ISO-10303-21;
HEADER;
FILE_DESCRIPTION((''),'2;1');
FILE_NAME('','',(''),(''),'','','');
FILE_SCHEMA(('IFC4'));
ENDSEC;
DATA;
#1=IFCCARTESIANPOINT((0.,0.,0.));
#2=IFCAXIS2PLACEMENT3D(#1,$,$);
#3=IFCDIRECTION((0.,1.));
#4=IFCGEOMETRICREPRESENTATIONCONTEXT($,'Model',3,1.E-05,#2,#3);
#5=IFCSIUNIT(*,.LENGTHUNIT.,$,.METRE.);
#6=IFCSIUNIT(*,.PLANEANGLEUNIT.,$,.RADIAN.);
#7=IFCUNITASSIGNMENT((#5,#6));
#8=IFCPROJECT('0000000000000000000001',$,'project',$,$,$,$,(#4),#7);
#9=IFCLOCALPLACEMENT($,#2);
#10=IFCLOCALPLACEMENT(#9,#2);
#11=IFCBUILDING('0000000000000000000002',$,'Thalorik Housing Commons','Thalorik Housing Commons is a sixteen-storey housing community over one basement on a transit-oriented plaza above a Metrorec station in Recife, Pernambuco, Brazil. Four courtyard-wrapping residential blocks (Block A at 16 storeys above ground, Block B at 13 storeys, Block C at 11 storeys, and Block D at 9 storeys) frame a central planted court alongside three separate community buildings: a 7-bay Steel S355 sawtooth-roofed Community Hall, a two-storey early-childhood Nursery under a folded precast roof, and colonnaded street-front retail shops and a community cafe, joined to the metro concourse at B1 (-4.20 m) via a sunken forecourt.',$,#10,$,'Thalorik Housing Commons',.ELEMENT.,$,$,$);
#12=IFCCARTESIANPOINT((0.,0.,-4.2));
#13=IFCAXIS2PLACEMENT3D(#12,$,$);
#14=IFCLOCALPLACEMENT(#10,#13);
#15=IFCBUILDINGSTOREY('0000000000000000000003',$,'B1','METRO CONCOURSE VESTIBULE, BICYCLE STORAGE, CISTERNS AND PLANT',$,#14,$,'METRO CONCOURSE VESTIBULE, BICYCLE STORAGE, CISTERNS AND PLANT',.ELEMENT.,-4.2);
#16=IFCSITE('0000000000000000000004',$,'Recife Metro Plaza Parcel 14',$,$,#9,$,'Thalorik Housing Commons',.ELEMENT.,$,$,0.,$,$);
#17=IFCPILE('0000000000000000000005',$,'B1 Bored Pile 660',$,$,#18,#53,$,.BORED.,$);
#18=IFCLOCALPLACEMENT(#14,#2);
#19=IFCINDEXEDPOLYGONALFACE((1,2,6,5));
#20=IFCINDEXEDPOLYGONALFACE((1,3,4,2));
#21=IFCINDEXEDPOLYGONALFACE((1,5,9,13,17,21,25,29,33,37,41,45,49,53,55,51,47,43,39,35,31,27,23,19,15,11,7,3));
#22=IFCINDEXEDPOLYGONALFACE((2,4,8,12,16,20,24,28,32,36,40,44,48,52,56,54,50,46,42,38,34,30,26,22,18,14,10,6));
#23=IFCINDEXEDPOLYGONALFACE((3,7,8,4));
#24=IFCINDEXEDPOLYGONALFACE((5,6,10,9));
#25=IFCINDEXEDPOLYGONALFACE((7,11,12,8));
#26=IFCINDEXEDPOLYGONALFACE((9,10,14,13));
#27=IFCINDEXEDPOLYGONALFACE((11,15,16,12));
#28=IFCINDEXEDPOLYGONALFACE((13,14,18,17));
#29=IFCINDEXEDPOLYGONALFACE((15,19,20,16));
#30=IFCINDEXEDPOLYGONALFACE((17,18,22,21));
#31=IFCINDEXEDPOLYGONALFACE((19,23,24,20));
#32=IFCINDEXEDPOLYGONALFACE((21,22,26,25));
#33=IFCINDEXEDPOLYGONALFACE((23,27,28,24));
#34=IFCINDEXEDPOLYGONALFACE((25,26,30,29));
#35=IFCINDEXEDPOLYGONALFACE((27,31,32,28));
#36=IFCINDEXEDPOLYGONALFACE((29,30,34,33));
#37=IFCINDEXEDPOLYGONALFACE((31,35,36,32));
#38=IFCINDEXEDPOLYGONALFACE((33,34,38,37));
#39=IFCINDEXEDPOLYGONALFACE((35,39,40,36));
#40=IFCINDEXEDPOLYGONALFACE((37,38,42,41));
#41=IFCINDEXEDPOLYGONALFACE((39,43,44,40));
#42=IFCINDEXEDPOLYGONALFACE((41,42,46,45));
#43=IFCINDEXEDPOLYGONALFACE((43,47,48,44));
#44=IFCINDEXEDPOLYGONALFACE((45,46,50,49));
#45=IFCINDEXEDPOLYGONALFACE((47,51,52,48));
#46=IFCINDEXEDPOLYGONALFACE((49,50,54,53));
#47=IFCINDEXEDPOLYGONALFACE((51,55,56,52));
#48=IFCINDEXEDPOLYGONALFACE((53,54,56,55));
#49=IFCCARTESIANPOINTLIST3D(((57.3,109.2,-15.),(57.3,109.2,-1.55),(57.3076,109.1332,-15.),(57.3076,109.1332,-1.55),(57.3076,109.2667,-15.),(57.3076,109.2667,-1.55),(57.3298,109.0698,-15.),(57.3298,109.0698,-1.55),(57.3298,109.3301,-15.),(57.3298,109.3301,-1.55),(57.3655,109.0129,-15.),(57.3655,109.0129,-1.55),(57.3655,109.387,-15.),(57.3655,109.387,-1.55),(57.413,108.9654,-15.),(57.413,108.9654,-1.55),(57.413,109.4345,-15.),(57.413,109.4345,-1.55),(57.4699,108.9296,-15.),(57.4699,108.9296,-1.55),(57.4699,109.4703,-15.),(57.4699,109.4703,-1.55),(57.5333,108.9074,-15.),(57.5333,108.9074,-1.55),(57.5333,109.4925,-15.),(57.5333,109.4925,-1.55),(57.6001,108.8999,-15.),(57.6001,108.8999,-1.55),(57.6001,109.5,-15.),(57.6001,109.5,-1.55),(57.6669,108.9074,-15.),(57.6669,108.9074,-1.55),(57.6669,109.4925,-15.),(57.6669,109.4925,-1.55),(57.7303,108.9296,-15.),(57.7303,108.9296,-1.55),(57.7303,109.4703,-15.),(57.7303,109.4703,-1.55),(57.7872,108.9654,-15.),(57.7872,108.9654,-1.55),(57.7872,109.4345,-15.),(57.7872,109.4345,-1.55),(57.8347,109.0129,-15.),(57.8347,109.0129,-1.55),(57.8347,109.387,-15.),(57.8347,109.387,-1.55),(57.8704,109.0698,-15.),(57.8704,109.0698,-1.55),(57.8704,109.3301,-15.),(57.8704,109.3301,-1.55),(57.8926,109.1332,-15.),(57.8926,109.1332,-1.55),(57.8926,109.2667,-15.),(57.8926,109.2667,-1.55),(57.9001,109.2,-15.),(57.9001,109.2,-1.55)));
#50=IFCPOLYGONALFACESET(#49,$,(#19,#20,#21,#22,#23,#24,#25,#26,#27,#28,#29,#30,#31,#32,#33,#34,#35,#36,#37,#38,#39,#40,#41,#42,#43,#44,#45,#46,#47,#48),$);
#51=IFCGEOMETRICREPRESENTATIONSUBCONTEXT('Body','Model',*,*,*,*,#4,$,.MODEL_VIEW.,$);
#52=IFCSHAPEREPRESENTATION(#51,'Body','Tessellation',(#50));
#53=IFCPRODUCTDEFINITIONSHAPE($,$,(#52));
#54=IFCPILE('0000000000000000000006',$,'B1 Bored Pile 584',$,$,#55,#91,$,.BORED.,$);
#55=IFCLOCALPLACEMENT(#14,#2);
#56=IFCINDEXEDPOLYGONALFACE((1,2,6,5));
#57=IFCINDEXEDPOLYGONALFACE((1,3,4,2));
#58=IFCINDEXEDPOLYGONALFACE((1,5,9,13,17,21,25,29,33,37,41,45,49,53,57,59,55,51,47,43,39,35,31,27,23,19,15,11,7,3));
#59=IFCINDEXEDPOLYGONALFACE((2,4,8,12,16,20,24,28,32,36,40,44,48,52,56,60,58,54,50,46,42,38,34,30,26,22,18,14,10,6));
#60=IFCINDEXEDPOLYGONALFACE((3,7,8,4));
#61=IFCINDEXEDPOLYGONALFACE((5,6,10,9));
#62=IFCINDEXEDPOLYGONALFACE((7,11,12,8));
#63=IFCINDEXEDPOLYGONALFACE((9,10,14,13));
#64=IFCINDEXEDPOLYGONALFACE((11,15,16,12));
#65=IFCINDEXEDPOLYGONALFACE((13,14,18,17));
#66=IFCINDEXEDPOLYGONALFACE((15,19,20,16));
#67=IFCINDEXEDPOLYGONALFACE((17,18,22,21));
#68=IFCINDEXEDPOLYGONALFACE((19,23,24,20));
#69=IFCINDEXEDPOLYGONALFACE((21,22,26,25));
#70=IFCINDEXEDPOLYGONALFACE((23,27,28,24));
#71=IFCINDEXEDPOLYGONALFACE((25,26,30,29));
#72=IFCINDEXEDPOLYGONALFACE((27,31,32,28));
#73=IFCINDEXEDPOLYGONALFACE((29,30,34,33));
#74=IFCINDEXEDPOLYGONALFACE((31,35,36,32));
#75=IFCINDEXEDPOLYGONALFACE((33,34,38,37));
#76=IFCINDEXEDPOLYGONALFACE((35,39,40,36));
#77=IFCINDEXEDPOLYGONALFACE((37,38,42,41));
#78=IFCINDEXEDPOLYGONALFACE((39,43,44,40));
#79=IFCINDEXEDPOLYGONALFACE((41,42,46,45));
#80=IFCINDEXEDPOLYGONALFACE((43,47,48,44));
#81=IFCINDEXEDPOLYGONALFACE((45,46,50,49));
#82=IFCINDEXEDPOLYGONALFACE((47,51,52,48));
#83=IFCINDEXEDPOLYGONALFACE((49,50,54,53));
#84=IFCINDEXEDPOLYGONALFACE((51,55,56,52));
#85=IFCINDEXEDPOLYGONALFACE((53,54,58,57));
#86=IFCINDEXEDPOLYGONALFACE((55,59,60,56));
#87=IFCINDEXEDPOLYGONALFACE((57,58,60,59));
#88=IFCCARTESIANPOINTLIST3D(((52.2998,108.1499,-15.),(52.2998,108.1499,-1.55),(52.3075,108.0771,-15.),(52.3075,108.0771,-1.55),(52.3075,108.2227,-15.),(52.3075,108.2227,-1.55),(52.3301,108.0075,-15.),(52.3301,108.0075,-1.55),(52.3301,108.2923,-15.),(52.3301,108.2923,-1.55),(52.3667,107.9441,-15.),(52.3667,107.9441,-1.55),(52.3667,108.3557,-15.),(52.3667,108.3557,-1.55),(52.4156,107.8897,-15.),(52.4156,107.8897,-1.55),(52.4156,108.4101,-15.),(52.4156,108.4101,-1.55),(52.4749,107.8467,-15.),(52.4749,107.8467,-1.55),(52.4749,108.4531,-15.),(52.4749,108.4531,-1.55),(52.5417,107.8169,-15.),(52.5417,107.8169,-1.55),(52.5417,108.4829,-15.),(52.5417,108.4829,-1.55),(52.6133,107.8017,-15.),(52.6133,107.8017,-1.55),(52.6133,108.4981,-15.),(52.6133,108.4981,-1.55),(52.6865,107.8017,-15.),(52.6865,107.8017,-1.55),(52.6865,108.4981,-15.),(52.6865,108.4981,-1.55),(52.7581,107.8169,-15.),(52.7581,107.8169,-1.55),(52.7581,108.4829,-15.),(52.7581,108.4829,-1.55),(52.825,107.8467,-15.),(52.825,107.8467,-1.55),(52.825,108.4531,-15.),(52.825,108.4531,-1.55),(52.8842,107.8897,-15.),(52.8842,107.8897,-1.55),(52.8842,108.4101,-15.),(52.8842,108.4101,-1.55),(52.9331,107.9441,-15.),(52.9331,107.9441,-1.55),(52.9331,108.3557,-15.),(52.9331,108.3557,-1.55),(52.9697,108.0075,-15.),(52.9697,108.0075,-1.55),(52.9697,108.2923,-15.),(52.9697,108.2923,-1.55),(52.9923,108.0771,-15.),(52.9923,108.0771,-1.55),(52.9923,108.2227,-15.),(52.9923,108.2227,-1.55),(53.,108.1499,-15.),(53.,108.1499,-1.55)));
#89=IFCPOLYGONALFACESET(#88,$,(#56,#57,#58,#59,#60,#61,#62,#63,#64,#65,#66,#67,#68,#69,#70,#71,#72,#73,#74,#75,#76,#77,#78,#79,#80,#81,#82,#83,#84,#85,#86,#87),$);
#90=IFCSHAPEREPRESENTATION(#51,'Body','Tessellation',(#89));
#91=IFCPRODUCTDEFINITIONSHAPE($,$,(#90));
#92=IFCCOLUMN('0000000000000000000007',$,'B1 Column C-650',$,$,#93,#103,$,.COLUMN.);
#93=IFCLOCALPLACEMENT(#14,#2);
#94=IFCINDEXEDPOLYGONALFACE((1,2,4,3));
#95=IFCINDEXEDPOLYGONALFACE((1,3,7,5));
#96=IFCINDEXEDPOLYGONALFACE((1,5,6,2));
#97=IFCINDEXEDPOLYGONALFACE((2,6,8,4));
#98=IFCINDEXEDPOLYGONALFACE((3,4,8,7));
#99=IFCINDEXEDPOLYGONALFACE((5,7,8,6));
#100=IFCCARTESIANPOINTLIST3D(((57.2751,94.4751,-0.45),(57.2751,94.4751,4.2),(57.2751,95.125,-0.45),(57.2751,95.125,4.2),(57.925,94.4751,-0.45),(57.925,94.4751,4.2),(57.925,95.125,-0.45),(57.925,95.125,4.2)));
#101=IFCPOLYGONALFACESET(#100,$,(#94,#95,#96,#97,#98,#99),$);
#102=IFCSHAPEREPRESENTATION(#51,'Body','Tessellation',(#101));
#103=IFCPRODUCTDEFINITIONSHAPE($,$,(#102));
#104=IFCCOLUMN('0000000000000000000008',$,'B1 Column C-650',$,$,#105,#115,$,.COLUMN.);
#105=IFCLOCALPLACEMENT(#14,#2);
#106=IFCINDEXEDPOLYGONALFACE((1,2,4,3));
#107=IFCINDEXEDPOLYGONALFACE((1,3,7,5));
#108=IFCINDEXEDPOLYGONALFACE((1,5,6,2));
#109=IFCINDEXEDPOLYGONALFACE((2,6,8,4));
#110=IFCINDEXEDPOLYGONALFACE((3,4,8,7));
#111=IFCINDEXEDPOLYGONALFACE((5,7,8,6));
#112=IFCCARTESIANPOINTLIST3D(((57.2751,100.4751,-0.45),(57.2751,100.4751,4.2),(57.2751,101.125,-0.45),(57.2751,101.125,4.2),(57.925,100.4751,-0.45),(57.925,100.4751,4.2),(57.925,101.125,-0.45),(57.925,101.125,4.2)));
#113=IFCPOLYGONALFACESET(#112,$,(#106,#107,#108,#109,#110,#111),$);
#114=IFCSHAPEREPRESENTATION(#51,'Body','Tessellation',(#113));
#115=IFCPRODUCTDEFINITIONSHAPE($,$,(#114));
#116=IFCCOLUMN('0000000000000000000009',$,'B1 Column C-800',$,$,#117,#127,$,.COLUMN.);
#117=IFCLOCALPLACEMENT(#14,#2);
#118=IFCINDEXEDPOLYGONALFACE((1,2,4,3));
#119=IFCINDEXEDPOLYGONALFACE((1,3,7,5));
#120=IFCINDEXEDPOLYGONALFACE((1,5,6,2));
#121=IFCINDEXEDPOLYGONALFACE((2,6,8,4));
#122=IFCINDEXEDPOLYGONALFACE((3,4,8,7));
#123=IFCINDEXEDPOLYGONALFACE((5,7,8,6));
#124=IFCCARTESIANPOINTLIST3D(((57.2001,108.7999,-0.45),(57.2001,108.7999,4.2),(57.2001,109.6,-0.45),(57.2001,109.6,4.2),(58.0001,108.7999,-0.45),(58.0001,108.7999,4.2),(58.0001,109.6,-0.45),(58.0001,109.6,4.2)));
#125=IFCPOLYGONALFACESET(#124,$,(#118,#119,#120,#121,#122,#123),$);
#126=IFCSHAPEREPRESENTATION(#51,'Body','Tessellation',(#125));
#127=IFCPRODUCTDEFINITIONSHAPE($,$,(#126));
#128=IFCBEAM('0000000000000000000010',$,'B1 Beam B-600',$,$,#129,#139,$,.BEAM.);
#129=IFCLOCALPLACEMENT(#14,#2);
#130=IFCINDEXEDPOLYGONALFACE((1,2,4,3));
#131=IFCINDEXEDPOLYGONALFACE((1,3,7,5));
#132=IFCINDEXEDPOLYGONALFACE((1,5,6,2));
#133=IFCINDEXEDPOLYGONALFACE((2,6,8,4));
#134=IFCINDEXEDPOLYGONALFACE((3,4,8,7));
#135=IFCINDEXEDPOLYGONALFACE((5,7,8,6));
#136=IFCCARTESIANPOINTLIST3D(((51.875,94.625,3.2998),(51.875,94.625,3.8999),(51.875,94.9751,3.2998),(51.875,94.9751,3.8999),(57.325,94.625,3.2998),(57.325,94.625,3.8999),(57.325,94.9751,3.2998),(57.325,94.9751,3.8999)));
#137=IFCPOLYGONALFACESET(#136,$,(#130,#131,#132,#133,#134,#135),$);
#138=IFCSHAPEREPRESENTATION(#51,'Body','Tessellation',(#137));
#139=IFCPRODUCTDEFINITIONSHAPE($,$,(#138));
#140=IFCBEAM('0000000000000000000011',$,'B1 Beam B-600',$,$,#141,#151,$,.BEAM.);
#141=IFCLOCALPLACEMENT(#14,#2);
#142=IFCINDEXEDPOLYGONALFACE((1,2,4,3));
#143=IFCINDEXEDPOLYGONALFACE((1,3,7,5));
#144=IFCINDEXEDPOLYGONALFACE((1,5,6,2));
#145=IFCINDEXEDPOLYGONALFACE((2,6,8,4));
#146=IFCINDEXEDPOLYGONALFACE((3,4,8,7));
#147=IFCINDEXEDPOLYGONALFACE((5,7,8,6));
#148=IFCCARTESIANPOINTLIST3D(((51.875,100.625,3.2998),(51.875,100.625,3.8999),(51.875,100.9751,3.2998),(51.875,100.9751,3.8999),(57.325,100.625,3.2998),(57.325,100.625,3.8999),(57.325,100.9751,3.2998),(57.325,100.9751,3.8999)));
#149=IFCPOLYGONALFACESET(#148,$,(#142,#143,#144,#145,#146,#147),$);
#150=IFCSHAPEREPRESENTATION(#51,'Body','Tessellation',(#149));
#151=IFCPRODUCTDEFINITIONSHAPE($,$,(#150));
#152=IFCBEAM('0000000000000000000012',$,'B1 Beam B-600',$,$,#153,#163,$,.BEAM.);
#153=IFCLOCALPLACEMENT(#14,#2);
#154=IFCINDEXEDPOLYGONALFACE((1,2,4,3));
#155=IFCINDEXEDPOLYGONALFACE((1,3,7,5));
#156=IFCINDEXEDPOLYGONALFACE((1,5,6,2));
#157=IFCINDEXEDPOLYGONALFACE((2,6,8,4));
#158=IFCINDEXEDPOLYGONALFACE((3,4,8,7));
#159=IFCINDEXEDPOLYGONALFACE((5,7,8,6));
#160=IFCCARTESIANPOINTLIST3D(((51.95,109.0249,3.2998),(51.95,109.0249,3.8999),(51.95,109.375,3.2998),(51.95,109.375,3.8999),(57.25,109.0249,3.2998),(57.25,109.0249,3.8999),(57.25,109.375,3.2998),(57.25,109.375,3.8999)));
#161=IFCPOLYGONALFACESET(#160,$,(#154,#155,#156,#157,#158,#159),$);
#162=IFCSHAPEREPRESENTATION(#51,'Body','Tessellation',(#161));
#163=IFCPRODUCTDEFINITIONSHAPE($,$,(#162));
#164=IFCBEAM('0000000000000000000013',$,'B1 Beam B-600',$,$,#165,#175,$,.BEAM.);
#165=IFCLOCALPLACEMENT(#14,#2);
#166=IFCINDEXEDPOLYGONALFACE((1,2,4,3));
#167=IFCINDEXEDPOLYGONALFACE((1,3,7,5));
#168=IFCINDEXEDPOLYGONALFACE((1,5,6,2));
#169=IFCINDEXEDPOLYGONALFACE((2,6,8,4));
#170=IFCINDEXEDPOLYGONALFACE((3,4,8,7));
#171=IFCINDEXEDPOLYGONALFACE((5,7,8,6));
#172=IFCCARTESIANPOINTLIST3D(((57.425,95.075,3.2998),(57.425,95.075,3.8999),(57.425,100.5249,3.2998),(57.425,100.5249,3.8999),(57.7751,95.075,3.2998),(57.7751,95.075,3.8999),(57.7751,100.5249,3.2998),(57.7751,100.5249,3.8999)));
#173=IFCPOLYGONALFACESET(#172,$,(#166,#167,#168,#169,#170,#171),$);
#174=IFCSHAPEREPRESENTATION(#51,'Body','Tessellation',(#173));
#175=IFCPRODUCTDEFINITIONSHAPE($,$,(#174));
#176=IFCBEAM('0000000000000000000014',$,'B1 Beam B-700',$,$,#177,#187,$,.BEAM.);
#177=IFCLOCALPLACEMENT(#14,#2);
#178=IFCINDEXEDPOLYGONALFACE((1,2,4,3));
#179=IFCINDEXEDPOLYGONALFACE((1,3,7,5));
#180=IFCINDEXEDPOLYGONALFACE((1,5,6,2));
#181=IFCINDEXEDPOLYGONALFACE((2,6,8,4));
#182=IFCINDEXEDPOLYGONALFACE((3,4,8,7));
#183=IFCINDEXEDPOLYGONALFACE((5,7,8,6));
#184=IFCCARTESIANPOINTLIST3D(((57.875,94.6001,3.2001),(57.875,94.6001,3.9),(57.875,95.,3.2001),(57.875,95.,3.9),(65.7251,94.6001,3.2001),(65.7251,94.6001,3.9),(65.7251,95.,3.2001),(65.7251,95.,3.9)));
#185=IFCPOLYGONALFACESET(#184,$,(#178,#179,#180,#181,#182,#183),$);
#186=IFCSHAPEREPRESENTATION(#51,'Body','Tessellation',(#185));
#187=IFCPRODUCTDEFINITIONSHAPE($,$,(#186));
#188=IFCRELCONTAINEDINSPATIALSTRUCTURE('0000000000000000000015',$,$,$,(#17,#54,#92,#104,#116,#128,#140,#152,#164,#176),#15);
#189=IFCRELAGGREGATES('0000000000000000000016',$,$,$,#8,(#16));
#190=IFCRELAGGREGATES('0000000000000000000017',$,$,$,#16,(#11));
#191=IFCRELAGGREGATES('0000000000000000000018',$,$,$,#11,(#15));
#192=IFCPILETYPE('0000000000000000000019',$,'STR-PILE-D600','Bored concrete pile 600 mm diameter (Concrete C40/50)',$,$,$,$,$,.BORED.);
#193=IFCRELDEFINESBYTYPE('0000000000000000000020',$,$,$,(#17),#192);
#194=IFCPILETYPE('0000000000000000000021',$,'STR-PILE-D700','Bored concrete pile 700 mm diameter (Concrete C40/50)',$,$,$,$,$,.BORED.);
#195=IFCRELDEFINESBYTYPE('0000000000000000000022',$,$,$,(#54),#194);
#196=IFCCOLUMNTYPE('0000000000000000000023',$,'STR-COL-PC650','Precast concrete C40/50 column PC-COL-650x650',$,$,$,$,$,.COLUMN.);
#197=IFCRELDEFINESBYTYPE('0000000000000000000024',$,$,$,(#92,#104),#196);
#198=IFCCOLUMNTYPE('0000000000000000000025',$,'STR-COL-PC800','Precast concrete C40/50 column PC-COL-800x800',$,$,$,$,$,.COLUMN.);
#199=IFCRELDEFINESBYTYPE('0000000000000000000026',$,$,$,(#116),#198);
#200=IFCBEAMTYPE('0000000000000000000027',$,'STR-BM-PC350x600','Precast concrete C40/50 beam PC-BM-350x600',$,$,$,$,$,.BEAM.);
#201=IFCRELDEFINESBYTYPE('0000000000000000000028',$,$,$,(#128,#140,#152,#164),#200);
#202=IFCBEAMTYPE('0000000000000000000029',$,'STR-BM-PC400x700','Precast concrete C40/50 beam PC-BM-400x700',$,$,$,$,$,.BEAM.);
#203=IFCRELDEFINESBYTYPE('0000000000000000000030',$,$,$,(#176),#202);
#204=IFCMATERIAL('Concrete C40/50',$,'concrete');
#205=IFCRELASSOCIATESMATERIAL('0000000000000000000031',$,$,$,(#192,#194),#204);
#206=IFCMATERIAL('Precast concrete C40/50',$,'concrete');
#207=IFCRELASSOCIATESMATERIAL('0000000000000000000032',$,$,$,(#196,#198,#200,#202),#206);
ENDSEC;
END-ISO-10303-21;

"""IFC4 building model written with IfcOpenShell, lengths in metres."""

from ifc_helpers import new_model, si_unit, direction, frame, origin, origin_2d, place, context, subcontext, project, spatial, rectangle, circle, extrude, material, material_profile, profile_set, type_object, element, save


model = new_model("IFC4")

# Units and contexts
model_context = context("Model", 3, precision=1e-05, world=origin(), true_north=direction((0.0, 1.0)))
body_context = subcontext(model_context, "Body", "Model", "MODEL_VIEW")
ifc_project = project(units=[si_unit("LENGTHUNIT", "METRE"), si_unit("PLANEANGLEUNIT", "RADIAN")], contexts=[model_context])

# Site, building, storey
site_placement = place(None, origin())
site = spatial("IfcSite", under=ifc_project, at=site_placement, Name="Recife Metro Plaza Parcel 14", LongName="Thalorik Housing Commons", CompositionType="ELEMENT", RefElevation=0.0)
building_placement = place(site_placement, origin())
building = spatial("IfcBuilding", under=site, at=building_placement, Name="Thalorik Housing Commons", Description="Thalorik Housing Commons is a sixteen-storey housing community over one basement on a transit-oriented plaza above a Metrorec station in Recife, Pernambuco, Brazil. Four courtyard-wrapping residential blocks (Block A at 16 storeys above ground, Block B at 13 storeys, Block C at 11 storeys, and Block D at 9 storeys) frame a central planted court alongside three separate community buildings: a 7-bay Steel S355 sawtooth-roofed Community Hall, a two-storey early-childhood Nursery under a folded precast roof, and colonnaded street-front retail shops and a community cafe, joined to the metro concourse at B1 (-4.20 m) via a sunken forecourt.", LongName="Thalorik Housing Commons", CompositionType="ELEMENT")
storey_placement = place(building_placement, frame((0.0, 0.0, -4.2)))
storey = spatial("IfcBuildingStorey", under=building, at=storey_placement, Name="B1", Description="METRO CONCOURSE VESTIBULE, BICYCLE STORAGE, CISTERNS AND PLANT", LongName="METRO CONCOURSE VESTIBULE, BICYCLE STORAGE, CISTERNS AND PLANT", CompositionType="ELEMENT", Elevation=-4.2)

# Shared definitions
ifc_material_1 = material(Name="Concrete C40/50", Category="concrete")

# Piles
ifc_material_profile_1 = material_profile(ifc_material_1, circle(Radius=0.3, at=origin_2d()), Name="BORED PILE D600", Category="concrete")
ifc_profile_set_1 = profile_set([ifc_material_profile_1], Name="Concrete C40/50")
pile_type_1 = type_object("IfcPileType", Name="STR-PILE-D600", Description="Bored concrete pile 600 mm diameter (Concrete C40/50)", PredefinedType="BORED", material=ifc_profile_set_1)
for number, where, z_axis, x_axis, name in (
    (1, (57.6001, 109.2, -1.55), (0.0, 0.0, -1.0), (1.0, 0.0, 0.0), "B1 Bored Pile 660"),
):
    element("IfcPile", number, at=place(storey_placement, frame(where, z_axis=z_axis, x_axis=x_axis)), inside=storey, type_object=pile_type_1, Name=name, PredefinedType="BORED", context=body_context, shape_type="SweptSolid", body=[
        extrude(circle(Radius=0.3, at=origin_2d()), origin(), (0.0, 0.0, 1.0), 13.45),
    ])
ifc_material_profile_2 = material_profile(ifc_material_1, circle(Radius=0.3501, at=origin_2d()), Name="BORED PILE D700", Category="concrete")
ifc_profile_set_2 = profile_set([ifc_material_profile_2], Name="Concrete C40/50")
pile_type_2 = type_object("IfcPileType", Name="STR-PILE-D700", Description="Bored concrete pile 700 mm diameter (Concrete C40/50)", PredefinedType="BORED", material=ifc_profile_set_2)
pile_placement = place(storey_placement, frame((52.6499, 108.1499, -1.55), z_axis=(0.0, 0.0, -1.0), x_axis=(1.0, 0.0, 0.0)))
element("IfcPile", 2, at=pile_placement, inside=storey, type_object=pile_type_2, Name="B1 Bored Pile 584", PredefinedType="BORED", context=body_context, shape_type="SweptSolid", body=[
    extrude(circle(Radius=0.3501, at=origin_2d()), origin(), (0.0, 0.0, 1.0), 13.45),
])

# Columns
ifc_material_2 = material(Name="Precast concrete C40/50", Category="concrete")
ifc_material_profile_3 = material_profile(ifc_material_2, rectangle(XDim=0.6499, YDim=0.6499, at=origin_2d()), Name="PC 650x650", Category="concrete")
ifc_profile_set_3 = profile_set([ifc_material_profile_3], Name="Precast concrete C40/50")
column_type_1 = type_object("IfcColumnType", Name="STR-COL-PC650", Description="Precast concrete C40/50 column PC-COL-650x650", PredefinedType="COLUMN", material=ifc_profile_set_3)
for number, where, z_axis, x_axis, name in (
    (3, (57.6001, 94.8, -0.45), (0.0, 0.0, 1.0), (1.0, 0.0, 0.0), "B1 Column C-650"),
    (4, (57.6001, 100.8, -0.45), (0.0, 0.0, 1.0), (1.0, 0.0, 0.0), "B1 Column C-650"),
):
    element("IfcColumn", number, at=place(storey_placement, frame(where, z_axis=z_axis, x_axis=x_axis)), inside=storey, type_object=column_type_1, Name=name, PredefinedType="COLUMN", context=body_context, shape_type="SweptSolid", body=[
        extrude(rectangle(XDim=0.6499, YDim=0.6499, at=origin_2d()), origin(), (0.0, 0.0, 1.0), 4.6499),
    ])
ifc_material_profile_4 = material_profile(ifc_material_2, rectangle(XDim=0.8, YDim=0.8, at=origin_2d()), Name="PC 800x800", Category="concrete")
ifc_profile_set_4 = profile_set([ifc_material_profile_4], Name="Precast concrete C40/50")
column_type_2 = type_object("IfcColumnType", Name="STR-COL-PC800", Description="Precast concrete C40/50 column PC-COL-800x800", PredefinedType="COLUMN", material=ifc_profile_set_4)
column_placement = place(storey_placement, frame((57.6001, 109.2, -0.45), z_axis=(0.0, 0.0, 1.0), x_axis=(1.0, 0.0, 0.0)))
element("IfcColumn", 5, at=column_placement, inside=storey, type_object=column_type_2, Name="B1 Column C-800", PredefinedType="COLUMN", context=body_context, shape_type="SweptSolid", body=[
    extrude(rectangle(XDim=0.8, YDim=0.8, at=origin_2d()), origin(), (0.0, 0.0, 1.0), 4.6499),
])

# Beams
ifc_material_profile_5 = material_profile(ifc_material_2, rectangle(XDim=0.3501, YDim=0.6001, at=origin_2d()), Name="PC 350x600", Category="concrete")
ifc_profile_set_5 = profile_set([ifc_material_profile_5], Name="Precast concrete C40/50")
beam_type_1 = type_object("IfcBeamType", Name="STR-BM-PC350x600", Description="Precast concrete C40/50 beam PC-BM-350x600", PredefinedType="BEAM", material=ifc_profile_set_5)
for number, where, z_axis, x_axis, name in (
    (6, (51.875, 94.8, 3.5999), (1.0, 0.0, 0.0), (0.0, 1.0, 0.0), "B1 Beam B-600"),
    (7, (51.875, 100.8, 3.5999), (1.0, 0.0, 0.0), (0.0, 1.0, 0.0), "B1 Beam B-600"),
):
    element("IfcBeam", number, at=place(storey_placement, frame(where, z_axis=z_axis, x_axis=x_axis)), inside=storey, type_object=beam_type_1, Name=name, PredefinedType="BEAM", context=body_context, shape_type="SweptSolid", body=[
        extrude(rectangle(XDim=0.3501, YDim=0.6001, at=origin_2d()), origin(), (0.0, 0.0, 1.0), 5.45),
    ])
beam_1_placement = place(storey_placement, frame((51.95, 109.2, 3.5999), z_axis=(1.0, 0.0, 0.0), x_axis=(0.0, 1.0, 0.0)))
element("IfcBeam", 8, at=beam_1_placement, inside=storey, type_object=beam_type_1, Name="B1 Beam B-600", PredefinedType="BEAM", context=body_context, shape_type="SweptSolid", body=[
    extrude(rectangle(XDim=0.3501, YDim=0.6001, at=origin_2d()), origin(), (0.0, 0.0, 1.0), 5.3),
])
beam_2_placement = place(storey_placement, frame((57.6001, 95.075, 3.5999), z_axis=(0.0, 1.0, 0.0), x_axis=(-1.0, 0.0, 0.0)))
element("IfcBeam", 9, at=beam_2_placement, inside=storey, type_object=beam_type_1, Name="B1 Beam B-600", PredefinedType="BEAM", context=body_context, shape_type="SweptSolid", body=[
    extrude(rectangle(XDim=0.3501, YDim=0.6001, at=origin_2d()), origin(), (0.0, 0.0, 1.0), 5.45),
])
ifc_material_profile_6 = material_profile(ifc_material_2, rectangle(XDim=0.3999, YDim=0.7, at=origin_2d()), Name="PC 400x700", Category="concrete")
ifc_profile_set_6 = profile_set([ifc_material_profile_6], Name="Precast concrete C40/50")
beam_type_2 = type_object("IfcBeamType", Name="STR-BM-PC400x700", Description="Precast concrete C40/50 beam PC-BM-400x700", PredefinedType="BEAM", material=ifc_profile_set_6)
for number, where, z_axis, x_axis, name in (
    (10, (57.875, 94.8, 3.55), (1.0, 0.0, 0.0), (0.0, 1.0, 0.0), "B1 Beam B-700"),
):
    element("IfcBeam", number, at=place(storey_placement, frame(where, z_axis=z_axis, x_axis=x_axis)), inside=storey, type_object=beam_type_2, Name=name, PredefinedType="BEAM", context=body_context, shape_type="SweptSolid", body=[
        extrude(rectangle(XDim=0.3999, YDim=0.7, at=origin_2d()), origin(), (0.0, 0.0, 1.0), 7.8501),
    ])

save(model, "model.ifc")
